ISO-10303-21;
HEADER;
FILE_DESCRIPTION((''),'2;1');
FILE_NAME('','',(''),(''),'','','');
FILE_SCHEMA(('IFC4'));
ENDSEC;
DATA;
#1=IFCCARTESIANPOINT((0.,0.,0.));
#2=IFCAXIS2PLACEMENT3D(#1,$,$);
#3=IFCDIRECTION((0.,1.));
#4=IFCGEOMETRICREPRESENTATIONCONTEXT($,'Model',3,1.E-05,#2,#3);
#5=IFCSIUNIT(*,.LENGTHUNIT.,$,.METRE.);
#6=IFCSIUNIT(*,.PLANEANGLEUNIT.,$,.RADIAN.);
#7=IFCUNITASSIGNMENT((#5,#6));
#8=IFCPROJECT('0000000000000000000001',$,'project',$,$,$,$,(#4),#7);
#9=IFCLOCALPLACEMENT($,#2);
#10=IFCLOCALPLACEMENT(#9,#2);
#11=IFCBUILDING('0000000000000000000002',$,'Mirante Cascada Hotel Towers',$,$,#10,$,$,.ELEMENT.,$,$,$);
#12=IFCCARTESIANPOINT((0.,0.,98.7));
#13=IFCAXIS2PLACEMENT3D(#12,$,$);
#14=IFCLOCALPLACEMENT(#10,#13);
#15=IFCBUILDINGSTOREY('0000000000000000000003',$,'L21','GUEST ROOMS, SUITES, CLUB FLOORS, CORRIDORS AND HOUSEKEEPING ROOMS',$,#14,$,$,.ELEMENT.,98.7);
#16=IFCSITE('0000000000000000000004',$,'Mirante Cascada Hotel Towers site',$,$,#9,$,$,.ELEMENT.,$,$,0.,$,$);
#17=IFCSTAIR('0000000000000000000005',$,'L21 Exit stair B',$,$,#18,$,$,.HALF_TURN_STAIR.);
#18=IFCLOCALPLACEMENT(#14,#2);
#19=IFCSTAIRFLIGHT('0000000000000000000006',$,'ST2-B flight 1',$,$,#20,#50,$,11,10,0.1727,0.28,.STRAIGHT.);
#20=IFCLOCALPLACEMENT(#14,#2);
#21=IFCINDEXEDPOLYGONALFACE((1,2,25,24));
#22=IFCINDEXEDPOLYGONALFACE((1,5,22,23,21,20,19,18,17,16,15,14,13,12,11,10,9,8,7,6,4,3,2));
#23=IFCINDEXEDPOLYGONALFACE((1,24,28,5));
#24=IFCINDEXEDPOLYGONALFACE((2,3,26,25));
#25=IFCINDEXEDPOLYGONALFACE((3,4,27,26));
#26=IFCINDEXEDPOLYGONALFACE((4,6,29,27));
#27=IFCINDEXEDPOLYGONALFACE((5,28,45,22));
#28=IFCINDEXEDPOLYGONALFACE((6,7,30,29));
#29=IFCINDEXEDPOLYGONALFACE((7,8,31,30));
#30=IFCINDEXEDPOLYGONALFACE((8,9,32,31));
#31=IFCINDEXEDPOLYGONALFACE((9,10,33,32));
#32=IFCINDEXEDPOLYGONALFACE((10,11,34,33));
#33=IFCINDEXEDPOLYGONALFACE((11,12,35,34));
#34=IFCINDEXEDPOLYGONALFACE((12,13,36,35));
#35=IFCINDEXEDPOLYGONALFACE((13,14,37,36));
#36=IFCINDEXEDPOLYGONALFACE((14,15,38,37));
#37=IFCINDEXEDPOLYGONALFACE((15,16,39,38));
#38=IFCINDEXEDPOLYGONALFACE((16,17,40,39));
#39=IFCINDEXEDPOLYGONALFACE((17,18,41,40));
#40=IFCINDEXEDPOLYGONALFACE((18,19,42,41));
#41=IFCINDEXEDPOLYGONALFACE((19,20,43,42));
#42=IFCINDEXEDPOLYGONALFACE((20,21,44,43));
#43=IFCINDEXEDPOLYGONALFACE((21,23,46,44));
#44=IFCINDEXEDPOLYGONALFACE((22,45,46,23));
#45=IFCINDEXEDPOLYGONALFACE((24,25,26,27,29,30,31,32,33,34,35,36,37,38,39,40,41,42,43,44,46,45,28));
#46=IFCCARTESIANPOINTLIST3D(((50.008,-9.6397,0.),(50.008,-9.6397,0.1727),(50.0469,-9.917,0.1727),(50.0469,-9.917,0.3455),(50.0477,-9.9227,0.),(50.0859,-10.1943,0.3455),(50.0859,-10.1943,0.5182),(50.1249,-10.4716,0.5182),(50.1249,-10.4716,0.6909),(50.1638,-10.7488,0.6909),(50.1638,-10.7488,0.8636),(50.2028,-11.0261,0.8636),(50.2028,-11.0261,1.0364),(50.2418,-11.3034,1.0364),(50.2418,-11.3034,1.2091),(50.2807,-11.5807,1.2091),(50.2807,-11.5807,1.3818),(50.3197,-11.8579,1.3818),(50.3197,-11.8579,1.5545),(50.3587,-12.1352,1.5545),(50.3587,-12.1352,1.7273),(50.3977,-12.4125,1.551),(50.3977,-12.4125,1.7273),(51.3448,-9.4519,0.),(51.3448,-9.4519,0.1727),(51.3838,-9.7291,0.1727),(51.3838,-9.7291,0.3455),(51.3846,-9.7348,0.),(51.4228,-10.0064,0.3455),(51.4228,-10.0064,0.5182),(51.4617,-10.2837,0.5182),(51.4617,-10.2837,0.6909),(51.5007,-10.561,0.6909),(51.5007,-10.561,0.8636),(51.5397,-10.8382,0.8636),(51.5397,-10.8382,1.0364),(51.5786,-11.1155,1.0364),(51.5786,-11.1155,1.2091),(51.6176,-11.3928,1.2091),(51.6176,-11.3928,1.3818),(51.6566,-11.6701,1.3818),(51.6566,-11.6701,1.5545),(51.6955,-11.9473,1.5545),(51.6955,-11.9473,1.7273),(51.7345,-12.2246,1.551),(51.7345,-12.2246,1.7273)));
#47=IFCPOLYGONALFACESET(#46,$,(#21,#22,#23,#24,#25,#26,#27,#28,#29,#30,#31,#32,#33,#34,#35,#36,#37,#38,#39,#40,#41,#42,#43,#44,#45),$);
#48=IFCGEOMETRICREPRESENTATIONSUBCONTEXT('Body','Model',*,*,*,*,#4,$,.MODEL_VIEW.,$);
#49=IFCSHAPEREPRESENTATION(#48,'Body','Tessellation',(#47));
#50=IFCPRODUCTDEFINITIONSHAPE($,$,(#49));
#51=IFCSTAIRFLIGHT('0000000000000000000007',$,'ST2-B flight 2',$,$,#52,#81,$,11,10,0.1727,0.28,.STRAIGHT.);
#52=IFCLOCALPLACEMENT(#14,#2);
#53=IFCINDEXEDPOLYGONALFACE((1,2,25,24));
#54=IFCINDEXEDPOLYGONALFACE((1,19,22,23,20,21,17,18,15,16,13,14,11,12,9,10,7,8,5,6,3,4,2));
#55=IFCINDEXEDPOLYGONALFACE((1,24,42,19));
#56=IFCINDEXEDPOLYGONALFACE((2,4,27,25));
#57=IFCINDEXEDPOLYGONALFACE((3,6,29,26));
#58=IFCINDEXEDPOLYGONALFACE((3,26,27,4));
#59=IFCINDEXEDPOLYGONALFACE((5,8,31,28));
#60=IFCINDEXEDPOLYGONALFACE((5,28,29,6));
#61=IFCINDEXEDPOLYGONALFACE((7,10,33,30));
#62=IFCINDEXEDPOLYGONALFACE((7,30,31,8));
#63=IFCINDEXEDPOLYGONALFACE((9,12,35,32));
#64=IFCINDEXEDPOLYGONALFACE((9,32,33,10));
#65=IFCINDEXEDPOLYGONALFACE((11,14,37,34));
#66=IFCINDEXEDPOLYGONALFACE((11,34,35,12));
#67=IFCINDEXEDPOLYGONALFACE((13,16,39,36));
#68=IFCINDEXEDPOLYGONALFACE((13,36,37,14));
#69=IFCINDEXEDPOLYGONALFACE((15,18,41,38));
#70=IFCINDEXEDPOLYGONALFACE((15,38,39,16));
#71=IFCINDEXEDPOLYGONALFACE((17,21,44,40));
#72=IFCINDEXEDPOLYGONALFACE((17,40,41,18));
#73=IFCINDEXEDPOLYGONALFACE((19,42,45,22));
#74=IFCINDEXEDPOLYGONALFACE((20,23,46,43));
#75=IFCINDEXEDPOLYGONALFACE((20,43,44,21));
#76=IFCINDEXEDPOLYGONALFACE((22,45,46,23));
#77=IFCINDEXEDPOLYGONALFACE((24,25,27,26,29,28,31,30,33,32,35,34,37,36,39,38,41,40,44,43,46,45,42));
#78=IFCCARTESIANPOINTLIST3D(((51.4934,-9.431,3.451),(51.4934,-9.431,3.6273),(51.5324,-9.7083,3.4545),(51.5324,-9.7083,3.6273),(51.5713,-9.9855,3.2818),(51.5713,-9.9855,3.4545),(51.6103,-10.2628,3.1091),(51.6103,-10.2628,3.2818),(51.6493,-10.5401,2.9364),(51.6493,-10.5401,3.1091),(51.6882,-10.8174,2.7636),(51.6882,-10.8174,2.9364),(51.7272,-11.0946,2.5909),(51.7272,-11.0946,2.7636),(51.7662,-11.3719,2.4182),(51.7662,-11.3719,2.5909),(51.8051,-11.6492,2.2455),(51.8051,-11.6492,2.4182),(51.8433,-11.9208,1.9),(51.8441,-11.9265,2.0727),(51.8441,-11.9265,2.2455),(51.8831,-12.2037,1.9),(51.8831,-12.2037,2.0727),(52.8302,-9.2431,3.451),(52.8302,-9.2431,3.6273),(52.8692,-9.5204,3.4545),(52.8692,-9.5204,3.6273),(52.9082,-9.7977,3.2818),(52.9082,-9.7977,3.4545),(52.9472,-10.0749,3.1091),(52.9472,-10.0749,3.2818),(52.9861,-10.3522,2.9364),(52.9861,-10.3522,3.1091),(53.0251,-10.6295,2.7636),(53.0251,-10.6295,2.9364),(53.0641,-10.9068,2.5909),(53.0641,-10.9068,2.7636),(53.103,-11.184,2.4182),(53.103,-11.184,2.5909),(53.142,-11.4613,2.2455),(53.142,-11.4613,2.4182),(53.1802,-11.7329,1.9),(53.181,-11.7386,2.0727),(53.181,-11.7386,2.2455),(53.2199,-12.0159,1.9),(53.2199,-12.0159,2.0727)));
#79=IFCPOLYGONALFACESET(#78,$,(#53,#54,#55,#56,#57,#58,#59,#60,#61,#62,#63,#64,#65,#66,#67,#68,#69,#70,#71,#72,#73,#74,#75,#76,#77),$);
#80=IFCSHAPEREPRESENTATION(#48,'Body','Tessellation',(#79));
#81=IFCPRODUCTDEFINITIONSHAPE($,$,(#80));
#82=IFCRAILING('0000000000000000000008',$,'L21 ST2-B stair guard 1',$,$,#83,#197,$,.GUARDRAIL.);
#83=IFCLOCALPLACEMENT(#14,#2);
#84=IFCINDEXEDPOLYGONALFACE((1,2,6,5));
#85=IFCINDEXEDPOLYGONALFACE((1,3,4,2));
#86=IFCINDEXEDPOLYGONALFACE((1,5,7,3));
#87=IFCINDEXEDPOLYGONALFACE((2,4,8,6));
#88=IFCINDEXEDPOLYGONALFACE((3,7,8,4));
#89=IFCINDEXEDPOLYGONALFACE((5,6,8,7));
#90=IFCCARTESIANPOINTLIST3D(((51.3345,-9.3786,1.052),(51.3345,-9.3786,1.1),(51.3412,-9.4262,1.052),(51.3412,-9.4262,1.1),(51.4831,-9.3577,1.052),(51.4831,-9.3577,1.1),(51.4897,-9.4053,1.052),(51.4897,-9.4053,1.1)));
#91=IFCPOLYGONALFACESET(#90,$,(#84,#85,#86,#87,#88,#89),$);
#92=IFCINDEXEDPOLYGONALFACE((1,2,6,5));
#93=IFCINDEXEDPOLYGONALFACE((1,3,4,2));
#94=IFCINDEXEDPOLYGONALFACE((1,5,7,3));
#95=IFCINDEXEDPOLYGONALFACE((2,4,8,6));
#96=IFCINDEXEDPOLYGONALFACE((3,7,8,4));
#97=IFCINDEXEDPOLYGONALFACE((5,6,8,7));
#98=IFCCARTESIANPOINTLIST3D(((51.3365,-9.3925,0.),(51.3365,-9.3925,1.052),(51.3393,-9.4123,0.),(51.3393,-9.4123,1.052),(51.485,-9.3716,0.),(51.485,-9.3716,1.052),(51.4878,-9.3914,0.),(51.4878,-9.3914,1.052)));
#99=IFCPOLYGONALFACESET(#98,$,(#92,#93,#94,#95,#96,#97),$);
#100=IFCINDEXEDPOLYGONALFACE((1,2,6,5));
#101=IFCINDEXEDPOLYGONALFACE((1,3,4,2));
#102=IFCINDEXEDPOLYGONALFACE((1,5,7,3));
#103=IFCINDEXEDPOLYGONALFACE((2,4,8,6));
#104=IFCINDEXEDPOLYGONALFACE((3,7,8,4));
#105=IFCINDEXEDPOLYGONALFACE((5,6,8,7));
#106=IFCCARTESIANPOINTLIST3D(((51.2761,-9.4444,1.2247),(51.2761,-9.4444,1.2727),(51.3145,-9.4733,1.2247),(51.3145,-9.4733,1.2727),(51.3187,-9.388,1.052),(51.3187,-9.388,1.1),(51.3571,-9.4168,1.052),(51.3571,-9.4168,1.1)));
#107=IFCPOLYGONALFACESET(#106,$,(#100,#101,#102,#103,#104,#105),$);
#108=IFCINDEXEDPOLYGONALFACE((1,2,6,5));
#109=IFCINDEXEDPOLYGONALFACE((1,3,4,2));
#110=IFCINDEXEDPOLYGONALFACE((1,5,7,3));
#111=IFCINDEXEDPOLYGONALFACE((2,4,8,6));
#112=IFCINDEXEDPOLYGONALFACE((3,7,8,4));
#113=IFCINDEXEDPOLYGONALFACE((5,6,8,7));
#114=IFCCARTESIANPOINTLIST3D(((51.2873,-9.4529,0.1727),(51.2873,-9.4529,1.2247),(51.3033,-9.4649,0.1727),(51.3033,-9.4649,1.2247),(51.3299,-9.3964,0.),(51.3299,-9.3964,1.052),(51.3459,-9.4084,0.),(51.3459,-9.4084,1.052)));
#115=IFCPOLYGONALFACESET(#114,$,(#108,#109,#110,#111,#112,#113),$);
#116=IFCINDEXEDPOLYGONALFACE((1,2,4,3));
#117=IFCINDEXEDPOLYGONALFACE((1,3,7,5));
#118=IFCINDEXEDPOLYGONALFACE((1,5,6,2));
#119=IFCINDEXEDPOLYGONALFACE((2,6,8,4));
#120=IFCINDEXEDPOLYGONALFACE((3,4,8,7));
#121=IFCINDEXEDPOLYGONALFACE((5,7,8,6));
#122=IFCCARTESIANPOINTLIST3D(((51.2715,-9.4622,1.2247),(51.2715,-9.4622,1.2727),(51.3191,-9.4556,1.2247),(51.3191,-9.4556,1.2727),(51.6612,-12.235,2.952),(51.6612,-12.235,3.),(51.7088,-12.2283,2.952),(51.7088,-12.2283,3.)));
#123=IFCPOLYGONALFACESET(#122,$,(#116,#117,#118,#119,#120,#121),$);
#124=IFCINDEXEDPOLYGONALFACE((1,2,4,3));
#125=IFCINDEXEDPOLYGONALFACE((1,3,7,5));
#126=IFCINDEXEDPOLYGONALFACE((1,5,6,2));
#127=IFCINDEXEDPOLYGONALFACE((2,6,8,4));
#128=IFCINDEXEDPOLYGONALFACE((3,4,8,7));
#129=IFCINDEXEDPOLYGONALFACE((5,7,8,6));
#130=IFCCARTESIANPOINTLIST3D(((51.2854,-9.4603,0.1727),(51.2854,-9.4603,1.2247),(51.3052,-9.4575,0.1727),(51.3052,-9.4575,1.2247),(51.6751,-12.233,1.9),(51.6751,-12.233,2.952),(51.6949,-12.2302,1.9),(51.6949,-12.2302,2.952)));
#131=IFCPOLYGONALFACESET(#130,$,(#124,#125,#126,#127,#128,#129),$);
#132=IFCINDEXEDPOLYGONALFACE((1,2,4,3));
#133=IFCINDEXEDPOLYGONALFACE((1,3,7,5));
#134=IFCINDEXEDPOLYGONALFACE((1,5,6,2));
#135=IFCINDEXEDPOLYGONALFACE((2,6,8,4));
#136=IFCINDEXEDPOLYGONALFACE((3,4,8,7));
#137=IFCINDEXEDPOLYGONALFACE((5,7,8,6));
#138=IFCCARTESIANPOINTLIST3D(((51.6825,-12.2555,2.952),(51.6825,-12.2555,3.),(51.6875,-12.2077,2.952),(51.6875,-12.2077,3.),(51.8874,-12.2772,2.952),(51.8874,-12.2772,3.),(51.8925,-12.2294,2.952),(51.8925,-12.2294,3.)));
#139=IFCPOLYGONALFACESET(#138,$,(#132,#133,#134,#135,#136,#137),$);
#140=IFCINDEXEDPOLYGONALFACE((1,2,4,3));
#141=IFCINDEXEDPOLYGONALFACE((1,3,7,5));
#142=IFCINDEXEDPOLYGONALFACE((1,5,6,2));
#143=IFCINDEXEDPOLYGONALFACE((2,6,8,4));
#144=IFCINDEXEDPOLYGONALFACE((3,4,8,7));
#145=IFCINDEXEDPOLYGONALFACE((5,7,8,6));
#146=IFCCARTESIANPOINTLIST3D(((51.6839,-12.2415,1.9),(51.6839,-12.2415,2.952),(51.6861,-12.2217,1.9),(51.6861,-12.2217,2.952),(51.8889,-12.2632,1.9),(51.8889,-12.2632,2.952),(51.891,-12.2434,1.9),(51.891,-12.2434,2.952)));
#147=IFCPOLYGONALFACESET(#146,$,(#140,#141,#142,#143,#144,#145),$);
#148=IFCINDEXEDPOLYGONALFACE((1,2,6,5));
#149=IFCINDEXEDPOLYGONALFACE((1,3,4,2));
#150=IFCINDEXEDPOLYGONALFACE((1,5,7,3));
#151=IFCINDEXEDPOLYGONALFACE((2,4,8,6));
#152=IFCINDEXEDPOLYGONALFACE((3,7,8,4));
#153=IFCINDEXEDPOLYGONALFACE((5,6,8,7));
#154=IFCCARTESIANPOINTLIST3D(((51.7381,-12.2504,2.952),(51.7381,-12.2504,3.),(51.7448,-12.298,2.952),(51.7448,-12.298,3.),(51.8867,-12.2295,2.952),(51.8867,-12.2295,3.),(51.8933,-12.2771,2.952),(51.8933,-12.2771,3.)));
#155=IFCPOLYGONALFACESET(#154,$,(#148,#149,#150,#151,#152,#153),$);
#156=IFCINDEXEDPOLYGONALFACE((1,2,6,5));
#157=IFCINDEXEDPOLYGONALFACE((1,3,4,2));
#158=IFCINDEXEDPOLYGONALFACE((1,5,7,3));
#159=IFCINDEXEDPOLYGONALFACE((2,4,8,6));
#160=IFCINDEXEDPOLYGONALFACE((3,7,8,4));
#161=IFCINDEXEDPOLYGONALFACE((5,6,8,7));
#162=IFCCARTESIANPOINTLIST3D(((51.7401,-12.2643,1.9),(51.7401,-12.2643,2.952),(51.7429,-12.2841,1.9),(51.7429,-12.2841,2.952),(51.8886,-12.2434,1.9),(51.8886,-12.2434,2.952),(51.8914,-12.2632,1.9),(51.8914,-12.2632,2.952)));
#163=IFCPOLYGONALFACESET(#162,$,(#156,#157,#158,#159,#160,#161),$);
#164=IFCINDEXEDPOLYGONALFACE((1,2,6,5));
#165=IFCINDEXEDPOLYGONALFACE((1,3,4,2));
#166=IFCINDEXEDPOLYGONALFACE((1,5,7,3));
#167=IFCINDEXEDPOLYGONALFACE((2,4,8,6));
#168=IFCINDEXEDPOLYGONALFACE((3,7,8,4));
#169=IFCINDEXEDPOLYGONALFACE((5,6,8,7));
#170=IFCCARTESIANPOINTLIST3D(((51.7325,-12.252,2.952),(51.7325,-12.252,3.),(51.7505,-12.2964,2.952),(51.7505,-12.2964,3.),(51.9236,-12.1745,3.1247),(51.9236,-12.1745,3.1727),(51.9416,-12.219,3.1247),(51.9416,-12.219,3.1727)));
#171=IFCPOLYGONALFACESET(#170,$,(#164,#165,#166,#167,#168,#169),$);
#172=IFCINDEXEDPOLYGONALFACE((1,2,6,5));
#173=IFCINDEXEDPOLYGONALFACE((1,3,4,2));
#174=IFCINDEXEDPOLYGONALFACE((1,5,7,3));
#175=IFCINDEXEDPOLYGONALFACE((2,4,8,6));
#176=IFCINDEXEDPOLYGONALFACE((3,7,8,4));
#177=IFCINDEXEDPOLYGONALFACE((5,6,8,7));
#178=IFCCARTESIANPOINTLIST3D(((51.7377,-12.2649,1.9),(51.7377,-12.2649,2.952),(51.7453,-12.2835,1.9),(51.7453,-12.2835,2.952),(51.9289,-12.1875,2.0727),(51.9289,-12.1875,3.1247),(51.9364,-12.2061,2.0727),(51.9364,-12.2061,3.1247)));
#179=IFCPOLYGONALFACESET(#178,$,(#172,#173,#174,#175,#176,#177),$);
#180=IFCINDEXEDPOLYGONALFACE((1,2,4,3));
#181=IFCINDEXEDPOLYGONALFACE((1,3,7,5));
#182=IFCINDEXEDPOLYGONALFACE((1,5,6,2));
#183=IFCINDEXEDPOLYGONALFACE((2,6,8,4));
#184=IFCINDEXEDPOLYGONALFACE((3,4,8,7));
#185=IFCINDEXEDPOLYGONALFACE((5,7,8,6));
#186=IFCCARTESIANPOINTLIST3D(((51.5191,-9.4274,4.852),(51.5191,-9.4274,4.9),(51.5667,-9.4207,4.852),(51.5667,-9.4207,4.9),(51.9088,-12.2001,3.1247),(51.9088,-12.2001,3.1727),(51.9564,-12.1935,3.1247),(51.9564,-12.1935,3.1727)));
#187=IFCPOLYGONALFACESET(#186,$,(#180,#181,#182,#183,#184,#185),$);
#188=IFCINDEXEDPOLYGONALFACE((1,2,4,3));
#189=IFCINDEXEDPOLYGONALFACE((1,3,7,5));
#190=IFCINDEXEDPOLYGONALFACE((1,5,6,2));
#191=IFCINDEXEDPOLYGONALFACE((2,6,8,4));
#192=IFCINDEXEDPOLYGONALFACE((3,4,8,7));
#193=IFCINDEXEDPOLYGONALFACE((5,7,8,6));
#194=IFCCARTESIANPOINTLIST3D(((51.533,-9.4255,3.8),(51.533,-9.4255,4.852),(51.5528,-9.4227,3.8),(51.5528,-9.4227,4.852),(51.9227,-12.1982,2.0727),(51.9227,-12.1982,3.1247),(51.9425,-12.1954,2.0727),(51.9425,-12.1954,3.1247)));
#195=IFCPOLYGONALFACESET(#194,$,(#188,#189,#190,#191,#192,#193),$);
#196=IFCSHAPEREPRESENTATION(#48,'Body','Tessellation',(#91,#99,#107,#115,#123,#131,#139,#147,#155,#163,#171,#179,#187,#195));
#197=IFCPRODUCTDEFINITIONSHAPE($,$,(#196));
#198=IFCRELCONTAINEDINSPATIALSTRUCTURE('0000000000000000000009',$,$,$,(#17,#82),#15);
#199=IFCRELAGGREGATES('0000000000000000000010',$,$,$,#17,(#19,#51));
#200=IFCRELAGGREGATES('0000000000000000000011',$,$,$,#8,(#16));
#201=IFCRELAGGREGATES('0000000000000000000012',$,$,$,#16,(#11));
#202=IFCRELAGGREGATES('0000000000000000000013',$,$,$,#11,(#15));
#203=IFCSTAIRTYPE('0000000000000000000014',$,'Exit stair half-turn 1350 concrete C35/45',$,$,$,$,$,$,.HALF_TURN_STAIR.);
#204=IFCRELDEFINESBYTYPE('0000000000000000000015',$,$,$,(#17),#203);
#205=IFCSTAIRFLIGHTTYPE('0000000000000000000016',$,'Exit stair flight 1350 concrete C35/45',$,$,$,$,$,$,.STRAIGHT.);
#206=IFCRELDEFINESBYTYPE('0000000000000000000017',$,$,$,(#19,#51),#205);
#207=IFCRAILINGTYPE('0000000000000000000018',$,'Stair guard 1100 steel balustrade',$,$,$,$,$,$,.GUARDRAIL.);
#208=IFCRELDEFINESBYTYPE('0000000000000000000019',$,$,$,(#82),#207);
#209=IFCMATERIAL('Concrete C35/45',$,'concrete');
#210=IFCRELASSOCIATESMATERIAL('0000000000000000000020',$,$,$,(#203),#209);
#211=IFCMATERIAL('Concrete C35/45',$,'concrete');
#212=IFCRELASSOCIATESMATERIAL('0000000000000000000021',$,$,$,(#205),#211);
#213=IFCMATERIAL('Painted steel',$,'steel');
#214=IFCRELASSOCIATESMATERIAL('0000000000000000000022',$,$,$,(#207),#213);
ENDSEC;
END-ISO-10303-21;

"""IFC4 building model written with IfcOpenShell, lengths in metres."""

from ifc_helpers import new_model, si_unit, direction, frame, origin, origin_2d, place, context, subcontext, project, spatial, polyline, rectangle, outline, extrude, material, type_object, element, aggregate, save


model = new_model("IFC4")

# Units and contexts
model_context = context("Model", 3, precision=1e-05, world=origin(), true_north=direction((0.0, 1.0)))
body_context = subcontext(model_context, "Body", "Model", "MODEL_VIEW")
ifc_project = project(units=[si_unit("LENGTHUNIT", "METRE"), si_unit("PLANEANGLEUNIT", "RADIAN")], contexts=[model_context])

# Site, building, storey
site_placement = place(None, origin())
site = spatial("IfcSite", under=ifc_project, at=site_placement, Name="Mirante Cascada Hotel Towers site", CompositionType="ELEMENT", RefElevation=0.0)
building_placement = place(site_placement, origin())
building = spatial("IfcBuilding", under=site, at=building_placement, Name="Mirante Cascada Hotel Towers", CompositionType="ELEMENT")
storey_placement = place(building_placement, frame((0.0, 0.0, 98.7)))
storey = spatial("IfcBuildingStorey", under=building, at=storey_placement, Name="L21", Description="GUEST ROOMS, SUITES, CLUB FLOORS, CORRIDORS AND HOUSEKEEPING ROOMS", CompositionType="ELEMENT", Elevation=98.7)

# Stair, stair flights
ifc_material_1 = material(Name="Concrete C35/45", Category="concrete")
stair_type = type_object("IfcStairType", Name="Exit stair half-turn 1350 concrete C35/45", PredefinedType="HALF_TURN_STAIR", material=ifc_material_1)
stair_placement = place(storey_placement, origin())
stair = element("IfcStair", 1, at=stair_placement, inside=storey, type_object=stair_type, Name="L21 Exit stair B", PredefinedType="HALF_TURN_STAIR")
ifc_material_2 = material(Name="Concrete C35/45", Category="concrete")
stair_flight_type = type_object("IfcStairFlightType", Name="Exit stair flight 1350 concrete C35/45", PredefinedType="STRAIGHT", material=ifc_material_2)
stair_flight_1_placement = place(storey_placement, frame((50.6764, -9.5458, 0.0), z_axis=(0.0, 0.0, 1.0), x_axis=(0.139173, -0.990268, 0.0)))
stair_flight_1 = element("IfcStairFlight", 2, at=stair_flight_1_placement, type_object=stair_flight_type, Name="ST2-B flight 1", NumberOfRisers=11, NumberOfTreads=10, PredefinedType="STRAIGHT", RiserHeight=0.1727, TreadLength=0.28, context=body_context, shape_type="SweptSolid", body=[
    extrude(outline(polyline([(0.0, 0.0), (0.0, 0.1727), (0.28, 0.1727), (0.28, 0.3455), (0.56, 0.3455), (0.56, 0.5182), (0.84, 0.5182), (0.84, 0.6909), (1.12, 0.6909), (1.12, 0.8636), (1.4, 0.8636), (1.4, 1.0364), (1.68, 1.0364), (1.68, 1.2091), (1.96, 1.2091), (1.96, 1.3818), (2.24, 1.3818), (2.24, 1.5545), (2.52, 1.5545), (2.52, 1.7273), (2.8, 1.7273), (2.8, 1.9), (2.8, 1.551), (0.2857, 0.0), (0.0, 0.0)])), frame((0.0, 0.675, 0.0), z_axis=(0.0, -1.0, 0.0), x_axis=(1.0, 0.0, 0.0)), (0.0, 0.0, 1.0), 1.35),
])
stair_flight_2_placement = place(storey_placement, frame((52.5515, -12.1098, 1.9), z_axis=(0.0, 0.0, 1.0), x_axis=(-0.139173, 0.990268, 0.0)))
stair_flight_2 = element("IfcStairFlight", 3, at=stair_flight_2_placement, type_object=stair_flight_type, Name="ST2-B flight 2", NumberOfRisers=11, NumberOfTreads=10, PredefinedType="STRAIGHT", RiserHeight=0.1727, TreadLength=0.28, context=body_context, shape_type="SweptSolid", body=[
    extrude(outline(polyline([(0.0, 0.0), (0.0, 0.1727), (0.28, 0.1727), (0.28, 0.3455), (0.56, 0.3455), (0.56, 0.5182), (0.84, 0.5182), (0.84, 0.6909), (1.12, 0.6909), (1.12, 0.8636), (1.4, 0.8636), (1.4, 1.0364), (1.68, 1.0364), (1.68, 1.2091), (1.96, 1.2091), (1.96, 1.3818), (2.24, 1.3818), (2.24, 1.5545), (2.52, 1.5545), (2.52, 1.7273), (2.8, 1.7273), (2.8, 1.9), (2.8, 1.551), (0.2857, 0.0), (0.0, 0.0)])), frame((0.0, 0.675, 0.0), z_axis=(0.0, -1.0, 0.0), x_axis=(1.0, 0.0, 0.0)), (0.0, 0.0, 1.0), 1.35),
])
aggregate(stair, [stair_flight_1, stair_flight_2])

# Railing
ifc_material_3 = material(Name="Painted steel", Category="steel")
railing_type_1 = type_object("IfcRailingType", Name="Stair guard 1100 steel balustrade", PredefinedType="GUARDRAIL", material=ifc_material_3)
railing_1_placement = place(storey_placement, frame((51.4864, -9.3815, 0.0)))
element("IfcRailing", 4, at=railing_1_placement, inside=storey, type_object=railing_type_1, Name="L21 ST2-B stair guard 1", PredefinedType="GUARDRAIL", context=body_context, shape_type="SweptSolid", body=[
    extrude(rectangle(XDim=0.048, YDim=0.048, at=origin_2d()), frame((0.0, 0.0, 1.076), z_axis=(-0.990241, -0.139367, 0.0), x_axis=(0.139367, -0.990241, 0.0)), (0.0, 0.0, 1.0), 0.15),
    extrude(rectangle(XDim=0.02, YDim=1.052, at=origin_2d()), frame((0.0, 0.0, 0.526), z_axis=(-0.990241, -0.139367, 0.0), x_axis=(0.139367, -0.990241, 0.0)), (0.0, 0.0, 1.0), 0.15),
    extrude(rectangle(XDim=0.048, YDim=0.048, at=origin_2d()), frame((-0.1485, -0.0209, 1.076), z_axis=(-0.602033, -0.798471, 0.0), x_axis=(0.798471, -0.602033, 0.0)), (0.0, 0.92534, 0.379139), 0.1866),
    extrude(rectangle(XDim=0.02, YDim=1.052, at=origin_2d()), frame((-0.1485, -0.0209, 0.526), z_axis=(-0.602033, -0.798471, 0.0), x_axis=(0.798471, -0.602033, 0.0)), (0.0, 0.92534, 0.379139), 0.1866),
    extrude(rectangle(XDim=0.048, YDim=0.048, at=origin_2d()), frame((-0.1911, -0.0774, 1.2487), z_axis=(0.139181, -0.990267, 0.0), x_axis=(0.990267, 0.139181, 0.0)), (0.0, 0.525035, 0.851081), 3.2899),
    extrude(rectangle(XDim=0.02, YDim=1.052, at=origin_2d()), frame((-0.1911, -0.0774, 0.6987), z_axis=(0.139181, -0.990267, 0.0), x_axis=(0.990267, 0.139181, 0.0)), (0.0, 0.525035, 0.851081), 3.2899),
    extrude(rectangle(XDim=0.048, YDim=0.048, at=origin_2d()), frame((0.1986, -2.8501, 2.976), z_axis=(0.994444, -0.105266, 0.0), x_axis=(0.105266, 0.994444, 0.0)), (0.0, 0.0, 1.0), 0.2061),
    extrude(rectangle(XDim=0.02, YDim=1.052, at=origin_2d()), frame((0.1986, -2.8501, 2.426), z_axis=(0.994444, -0.105266, 0.0), x_axis=(0.105266, 0.994444, 0.0)), (0.0, 0.0, 1.0), 0.2061),
    extrude(rectangle(XDim=0.048, YDim=0.048, at=origin_2d()), frame((0.4036, -2.8718, 2.976), z_axis=(-0.990241, -0.139367, 0.0), x_axis=(0.139367, -0.990241, 0.0)), (0.0, 0.0, 1.0), 0.15),
    extrude(rectangle(XDim=0.02, YDim=1.052, at=origin_2d()), frame((0.4036, -2.8718, 2.426), z_axis=(-0.990241, -0.139367, 0.0), x_axis=(0.139367, -0.990241, 0.0)), (0.0, 0.0, 1.0), 0.15),
    extrude(rectangle(XDim=0.048, YDim=0.048, at=origin_2d()), frame((0.2551, -2.8927, 2.976), z_axis=(0.926862, 0.375401, 0.0), x_axis=(-0.375401, 0.926862, 0.0)), (0.0, 0.642122, 0.766603), 0.269),
    extrude(rectangle(XDim=0.02, YDim=1.052, at=origin_2d()), frame((0.2551, -2.8927, 2.426), z_axis=(0.926862, 0.375401, 0.0), x_axis=(-0.375401, 0.926862, 0.0)), (0.0, 0.642122, 0.766603), 0.269),
    extrude(rectangle(XDim=0.048, YDim=0.048, at=origin_2d()), frame((0.4462, -2.8153, 3.1487), z_axis=(-0.139181, 0.990267, 0.0), x_axis=(-0.990267, -0.139181, 0.0)), (0.0, 0.525035, 0.851081), 3.2899),
    extrude(rectangle(XDim=0.02, YDim=1.052, at=origin_2d()), frame((0.4462, -2.8153, 2.5987), z_axis=(-0.139181, 0.990267, 0.0), x_axis=(-0.990267, -0.139181, 0.0)), (0.0, 0.525035, 0.851081), 3.2899),
])

save(model, "model.ifc")
